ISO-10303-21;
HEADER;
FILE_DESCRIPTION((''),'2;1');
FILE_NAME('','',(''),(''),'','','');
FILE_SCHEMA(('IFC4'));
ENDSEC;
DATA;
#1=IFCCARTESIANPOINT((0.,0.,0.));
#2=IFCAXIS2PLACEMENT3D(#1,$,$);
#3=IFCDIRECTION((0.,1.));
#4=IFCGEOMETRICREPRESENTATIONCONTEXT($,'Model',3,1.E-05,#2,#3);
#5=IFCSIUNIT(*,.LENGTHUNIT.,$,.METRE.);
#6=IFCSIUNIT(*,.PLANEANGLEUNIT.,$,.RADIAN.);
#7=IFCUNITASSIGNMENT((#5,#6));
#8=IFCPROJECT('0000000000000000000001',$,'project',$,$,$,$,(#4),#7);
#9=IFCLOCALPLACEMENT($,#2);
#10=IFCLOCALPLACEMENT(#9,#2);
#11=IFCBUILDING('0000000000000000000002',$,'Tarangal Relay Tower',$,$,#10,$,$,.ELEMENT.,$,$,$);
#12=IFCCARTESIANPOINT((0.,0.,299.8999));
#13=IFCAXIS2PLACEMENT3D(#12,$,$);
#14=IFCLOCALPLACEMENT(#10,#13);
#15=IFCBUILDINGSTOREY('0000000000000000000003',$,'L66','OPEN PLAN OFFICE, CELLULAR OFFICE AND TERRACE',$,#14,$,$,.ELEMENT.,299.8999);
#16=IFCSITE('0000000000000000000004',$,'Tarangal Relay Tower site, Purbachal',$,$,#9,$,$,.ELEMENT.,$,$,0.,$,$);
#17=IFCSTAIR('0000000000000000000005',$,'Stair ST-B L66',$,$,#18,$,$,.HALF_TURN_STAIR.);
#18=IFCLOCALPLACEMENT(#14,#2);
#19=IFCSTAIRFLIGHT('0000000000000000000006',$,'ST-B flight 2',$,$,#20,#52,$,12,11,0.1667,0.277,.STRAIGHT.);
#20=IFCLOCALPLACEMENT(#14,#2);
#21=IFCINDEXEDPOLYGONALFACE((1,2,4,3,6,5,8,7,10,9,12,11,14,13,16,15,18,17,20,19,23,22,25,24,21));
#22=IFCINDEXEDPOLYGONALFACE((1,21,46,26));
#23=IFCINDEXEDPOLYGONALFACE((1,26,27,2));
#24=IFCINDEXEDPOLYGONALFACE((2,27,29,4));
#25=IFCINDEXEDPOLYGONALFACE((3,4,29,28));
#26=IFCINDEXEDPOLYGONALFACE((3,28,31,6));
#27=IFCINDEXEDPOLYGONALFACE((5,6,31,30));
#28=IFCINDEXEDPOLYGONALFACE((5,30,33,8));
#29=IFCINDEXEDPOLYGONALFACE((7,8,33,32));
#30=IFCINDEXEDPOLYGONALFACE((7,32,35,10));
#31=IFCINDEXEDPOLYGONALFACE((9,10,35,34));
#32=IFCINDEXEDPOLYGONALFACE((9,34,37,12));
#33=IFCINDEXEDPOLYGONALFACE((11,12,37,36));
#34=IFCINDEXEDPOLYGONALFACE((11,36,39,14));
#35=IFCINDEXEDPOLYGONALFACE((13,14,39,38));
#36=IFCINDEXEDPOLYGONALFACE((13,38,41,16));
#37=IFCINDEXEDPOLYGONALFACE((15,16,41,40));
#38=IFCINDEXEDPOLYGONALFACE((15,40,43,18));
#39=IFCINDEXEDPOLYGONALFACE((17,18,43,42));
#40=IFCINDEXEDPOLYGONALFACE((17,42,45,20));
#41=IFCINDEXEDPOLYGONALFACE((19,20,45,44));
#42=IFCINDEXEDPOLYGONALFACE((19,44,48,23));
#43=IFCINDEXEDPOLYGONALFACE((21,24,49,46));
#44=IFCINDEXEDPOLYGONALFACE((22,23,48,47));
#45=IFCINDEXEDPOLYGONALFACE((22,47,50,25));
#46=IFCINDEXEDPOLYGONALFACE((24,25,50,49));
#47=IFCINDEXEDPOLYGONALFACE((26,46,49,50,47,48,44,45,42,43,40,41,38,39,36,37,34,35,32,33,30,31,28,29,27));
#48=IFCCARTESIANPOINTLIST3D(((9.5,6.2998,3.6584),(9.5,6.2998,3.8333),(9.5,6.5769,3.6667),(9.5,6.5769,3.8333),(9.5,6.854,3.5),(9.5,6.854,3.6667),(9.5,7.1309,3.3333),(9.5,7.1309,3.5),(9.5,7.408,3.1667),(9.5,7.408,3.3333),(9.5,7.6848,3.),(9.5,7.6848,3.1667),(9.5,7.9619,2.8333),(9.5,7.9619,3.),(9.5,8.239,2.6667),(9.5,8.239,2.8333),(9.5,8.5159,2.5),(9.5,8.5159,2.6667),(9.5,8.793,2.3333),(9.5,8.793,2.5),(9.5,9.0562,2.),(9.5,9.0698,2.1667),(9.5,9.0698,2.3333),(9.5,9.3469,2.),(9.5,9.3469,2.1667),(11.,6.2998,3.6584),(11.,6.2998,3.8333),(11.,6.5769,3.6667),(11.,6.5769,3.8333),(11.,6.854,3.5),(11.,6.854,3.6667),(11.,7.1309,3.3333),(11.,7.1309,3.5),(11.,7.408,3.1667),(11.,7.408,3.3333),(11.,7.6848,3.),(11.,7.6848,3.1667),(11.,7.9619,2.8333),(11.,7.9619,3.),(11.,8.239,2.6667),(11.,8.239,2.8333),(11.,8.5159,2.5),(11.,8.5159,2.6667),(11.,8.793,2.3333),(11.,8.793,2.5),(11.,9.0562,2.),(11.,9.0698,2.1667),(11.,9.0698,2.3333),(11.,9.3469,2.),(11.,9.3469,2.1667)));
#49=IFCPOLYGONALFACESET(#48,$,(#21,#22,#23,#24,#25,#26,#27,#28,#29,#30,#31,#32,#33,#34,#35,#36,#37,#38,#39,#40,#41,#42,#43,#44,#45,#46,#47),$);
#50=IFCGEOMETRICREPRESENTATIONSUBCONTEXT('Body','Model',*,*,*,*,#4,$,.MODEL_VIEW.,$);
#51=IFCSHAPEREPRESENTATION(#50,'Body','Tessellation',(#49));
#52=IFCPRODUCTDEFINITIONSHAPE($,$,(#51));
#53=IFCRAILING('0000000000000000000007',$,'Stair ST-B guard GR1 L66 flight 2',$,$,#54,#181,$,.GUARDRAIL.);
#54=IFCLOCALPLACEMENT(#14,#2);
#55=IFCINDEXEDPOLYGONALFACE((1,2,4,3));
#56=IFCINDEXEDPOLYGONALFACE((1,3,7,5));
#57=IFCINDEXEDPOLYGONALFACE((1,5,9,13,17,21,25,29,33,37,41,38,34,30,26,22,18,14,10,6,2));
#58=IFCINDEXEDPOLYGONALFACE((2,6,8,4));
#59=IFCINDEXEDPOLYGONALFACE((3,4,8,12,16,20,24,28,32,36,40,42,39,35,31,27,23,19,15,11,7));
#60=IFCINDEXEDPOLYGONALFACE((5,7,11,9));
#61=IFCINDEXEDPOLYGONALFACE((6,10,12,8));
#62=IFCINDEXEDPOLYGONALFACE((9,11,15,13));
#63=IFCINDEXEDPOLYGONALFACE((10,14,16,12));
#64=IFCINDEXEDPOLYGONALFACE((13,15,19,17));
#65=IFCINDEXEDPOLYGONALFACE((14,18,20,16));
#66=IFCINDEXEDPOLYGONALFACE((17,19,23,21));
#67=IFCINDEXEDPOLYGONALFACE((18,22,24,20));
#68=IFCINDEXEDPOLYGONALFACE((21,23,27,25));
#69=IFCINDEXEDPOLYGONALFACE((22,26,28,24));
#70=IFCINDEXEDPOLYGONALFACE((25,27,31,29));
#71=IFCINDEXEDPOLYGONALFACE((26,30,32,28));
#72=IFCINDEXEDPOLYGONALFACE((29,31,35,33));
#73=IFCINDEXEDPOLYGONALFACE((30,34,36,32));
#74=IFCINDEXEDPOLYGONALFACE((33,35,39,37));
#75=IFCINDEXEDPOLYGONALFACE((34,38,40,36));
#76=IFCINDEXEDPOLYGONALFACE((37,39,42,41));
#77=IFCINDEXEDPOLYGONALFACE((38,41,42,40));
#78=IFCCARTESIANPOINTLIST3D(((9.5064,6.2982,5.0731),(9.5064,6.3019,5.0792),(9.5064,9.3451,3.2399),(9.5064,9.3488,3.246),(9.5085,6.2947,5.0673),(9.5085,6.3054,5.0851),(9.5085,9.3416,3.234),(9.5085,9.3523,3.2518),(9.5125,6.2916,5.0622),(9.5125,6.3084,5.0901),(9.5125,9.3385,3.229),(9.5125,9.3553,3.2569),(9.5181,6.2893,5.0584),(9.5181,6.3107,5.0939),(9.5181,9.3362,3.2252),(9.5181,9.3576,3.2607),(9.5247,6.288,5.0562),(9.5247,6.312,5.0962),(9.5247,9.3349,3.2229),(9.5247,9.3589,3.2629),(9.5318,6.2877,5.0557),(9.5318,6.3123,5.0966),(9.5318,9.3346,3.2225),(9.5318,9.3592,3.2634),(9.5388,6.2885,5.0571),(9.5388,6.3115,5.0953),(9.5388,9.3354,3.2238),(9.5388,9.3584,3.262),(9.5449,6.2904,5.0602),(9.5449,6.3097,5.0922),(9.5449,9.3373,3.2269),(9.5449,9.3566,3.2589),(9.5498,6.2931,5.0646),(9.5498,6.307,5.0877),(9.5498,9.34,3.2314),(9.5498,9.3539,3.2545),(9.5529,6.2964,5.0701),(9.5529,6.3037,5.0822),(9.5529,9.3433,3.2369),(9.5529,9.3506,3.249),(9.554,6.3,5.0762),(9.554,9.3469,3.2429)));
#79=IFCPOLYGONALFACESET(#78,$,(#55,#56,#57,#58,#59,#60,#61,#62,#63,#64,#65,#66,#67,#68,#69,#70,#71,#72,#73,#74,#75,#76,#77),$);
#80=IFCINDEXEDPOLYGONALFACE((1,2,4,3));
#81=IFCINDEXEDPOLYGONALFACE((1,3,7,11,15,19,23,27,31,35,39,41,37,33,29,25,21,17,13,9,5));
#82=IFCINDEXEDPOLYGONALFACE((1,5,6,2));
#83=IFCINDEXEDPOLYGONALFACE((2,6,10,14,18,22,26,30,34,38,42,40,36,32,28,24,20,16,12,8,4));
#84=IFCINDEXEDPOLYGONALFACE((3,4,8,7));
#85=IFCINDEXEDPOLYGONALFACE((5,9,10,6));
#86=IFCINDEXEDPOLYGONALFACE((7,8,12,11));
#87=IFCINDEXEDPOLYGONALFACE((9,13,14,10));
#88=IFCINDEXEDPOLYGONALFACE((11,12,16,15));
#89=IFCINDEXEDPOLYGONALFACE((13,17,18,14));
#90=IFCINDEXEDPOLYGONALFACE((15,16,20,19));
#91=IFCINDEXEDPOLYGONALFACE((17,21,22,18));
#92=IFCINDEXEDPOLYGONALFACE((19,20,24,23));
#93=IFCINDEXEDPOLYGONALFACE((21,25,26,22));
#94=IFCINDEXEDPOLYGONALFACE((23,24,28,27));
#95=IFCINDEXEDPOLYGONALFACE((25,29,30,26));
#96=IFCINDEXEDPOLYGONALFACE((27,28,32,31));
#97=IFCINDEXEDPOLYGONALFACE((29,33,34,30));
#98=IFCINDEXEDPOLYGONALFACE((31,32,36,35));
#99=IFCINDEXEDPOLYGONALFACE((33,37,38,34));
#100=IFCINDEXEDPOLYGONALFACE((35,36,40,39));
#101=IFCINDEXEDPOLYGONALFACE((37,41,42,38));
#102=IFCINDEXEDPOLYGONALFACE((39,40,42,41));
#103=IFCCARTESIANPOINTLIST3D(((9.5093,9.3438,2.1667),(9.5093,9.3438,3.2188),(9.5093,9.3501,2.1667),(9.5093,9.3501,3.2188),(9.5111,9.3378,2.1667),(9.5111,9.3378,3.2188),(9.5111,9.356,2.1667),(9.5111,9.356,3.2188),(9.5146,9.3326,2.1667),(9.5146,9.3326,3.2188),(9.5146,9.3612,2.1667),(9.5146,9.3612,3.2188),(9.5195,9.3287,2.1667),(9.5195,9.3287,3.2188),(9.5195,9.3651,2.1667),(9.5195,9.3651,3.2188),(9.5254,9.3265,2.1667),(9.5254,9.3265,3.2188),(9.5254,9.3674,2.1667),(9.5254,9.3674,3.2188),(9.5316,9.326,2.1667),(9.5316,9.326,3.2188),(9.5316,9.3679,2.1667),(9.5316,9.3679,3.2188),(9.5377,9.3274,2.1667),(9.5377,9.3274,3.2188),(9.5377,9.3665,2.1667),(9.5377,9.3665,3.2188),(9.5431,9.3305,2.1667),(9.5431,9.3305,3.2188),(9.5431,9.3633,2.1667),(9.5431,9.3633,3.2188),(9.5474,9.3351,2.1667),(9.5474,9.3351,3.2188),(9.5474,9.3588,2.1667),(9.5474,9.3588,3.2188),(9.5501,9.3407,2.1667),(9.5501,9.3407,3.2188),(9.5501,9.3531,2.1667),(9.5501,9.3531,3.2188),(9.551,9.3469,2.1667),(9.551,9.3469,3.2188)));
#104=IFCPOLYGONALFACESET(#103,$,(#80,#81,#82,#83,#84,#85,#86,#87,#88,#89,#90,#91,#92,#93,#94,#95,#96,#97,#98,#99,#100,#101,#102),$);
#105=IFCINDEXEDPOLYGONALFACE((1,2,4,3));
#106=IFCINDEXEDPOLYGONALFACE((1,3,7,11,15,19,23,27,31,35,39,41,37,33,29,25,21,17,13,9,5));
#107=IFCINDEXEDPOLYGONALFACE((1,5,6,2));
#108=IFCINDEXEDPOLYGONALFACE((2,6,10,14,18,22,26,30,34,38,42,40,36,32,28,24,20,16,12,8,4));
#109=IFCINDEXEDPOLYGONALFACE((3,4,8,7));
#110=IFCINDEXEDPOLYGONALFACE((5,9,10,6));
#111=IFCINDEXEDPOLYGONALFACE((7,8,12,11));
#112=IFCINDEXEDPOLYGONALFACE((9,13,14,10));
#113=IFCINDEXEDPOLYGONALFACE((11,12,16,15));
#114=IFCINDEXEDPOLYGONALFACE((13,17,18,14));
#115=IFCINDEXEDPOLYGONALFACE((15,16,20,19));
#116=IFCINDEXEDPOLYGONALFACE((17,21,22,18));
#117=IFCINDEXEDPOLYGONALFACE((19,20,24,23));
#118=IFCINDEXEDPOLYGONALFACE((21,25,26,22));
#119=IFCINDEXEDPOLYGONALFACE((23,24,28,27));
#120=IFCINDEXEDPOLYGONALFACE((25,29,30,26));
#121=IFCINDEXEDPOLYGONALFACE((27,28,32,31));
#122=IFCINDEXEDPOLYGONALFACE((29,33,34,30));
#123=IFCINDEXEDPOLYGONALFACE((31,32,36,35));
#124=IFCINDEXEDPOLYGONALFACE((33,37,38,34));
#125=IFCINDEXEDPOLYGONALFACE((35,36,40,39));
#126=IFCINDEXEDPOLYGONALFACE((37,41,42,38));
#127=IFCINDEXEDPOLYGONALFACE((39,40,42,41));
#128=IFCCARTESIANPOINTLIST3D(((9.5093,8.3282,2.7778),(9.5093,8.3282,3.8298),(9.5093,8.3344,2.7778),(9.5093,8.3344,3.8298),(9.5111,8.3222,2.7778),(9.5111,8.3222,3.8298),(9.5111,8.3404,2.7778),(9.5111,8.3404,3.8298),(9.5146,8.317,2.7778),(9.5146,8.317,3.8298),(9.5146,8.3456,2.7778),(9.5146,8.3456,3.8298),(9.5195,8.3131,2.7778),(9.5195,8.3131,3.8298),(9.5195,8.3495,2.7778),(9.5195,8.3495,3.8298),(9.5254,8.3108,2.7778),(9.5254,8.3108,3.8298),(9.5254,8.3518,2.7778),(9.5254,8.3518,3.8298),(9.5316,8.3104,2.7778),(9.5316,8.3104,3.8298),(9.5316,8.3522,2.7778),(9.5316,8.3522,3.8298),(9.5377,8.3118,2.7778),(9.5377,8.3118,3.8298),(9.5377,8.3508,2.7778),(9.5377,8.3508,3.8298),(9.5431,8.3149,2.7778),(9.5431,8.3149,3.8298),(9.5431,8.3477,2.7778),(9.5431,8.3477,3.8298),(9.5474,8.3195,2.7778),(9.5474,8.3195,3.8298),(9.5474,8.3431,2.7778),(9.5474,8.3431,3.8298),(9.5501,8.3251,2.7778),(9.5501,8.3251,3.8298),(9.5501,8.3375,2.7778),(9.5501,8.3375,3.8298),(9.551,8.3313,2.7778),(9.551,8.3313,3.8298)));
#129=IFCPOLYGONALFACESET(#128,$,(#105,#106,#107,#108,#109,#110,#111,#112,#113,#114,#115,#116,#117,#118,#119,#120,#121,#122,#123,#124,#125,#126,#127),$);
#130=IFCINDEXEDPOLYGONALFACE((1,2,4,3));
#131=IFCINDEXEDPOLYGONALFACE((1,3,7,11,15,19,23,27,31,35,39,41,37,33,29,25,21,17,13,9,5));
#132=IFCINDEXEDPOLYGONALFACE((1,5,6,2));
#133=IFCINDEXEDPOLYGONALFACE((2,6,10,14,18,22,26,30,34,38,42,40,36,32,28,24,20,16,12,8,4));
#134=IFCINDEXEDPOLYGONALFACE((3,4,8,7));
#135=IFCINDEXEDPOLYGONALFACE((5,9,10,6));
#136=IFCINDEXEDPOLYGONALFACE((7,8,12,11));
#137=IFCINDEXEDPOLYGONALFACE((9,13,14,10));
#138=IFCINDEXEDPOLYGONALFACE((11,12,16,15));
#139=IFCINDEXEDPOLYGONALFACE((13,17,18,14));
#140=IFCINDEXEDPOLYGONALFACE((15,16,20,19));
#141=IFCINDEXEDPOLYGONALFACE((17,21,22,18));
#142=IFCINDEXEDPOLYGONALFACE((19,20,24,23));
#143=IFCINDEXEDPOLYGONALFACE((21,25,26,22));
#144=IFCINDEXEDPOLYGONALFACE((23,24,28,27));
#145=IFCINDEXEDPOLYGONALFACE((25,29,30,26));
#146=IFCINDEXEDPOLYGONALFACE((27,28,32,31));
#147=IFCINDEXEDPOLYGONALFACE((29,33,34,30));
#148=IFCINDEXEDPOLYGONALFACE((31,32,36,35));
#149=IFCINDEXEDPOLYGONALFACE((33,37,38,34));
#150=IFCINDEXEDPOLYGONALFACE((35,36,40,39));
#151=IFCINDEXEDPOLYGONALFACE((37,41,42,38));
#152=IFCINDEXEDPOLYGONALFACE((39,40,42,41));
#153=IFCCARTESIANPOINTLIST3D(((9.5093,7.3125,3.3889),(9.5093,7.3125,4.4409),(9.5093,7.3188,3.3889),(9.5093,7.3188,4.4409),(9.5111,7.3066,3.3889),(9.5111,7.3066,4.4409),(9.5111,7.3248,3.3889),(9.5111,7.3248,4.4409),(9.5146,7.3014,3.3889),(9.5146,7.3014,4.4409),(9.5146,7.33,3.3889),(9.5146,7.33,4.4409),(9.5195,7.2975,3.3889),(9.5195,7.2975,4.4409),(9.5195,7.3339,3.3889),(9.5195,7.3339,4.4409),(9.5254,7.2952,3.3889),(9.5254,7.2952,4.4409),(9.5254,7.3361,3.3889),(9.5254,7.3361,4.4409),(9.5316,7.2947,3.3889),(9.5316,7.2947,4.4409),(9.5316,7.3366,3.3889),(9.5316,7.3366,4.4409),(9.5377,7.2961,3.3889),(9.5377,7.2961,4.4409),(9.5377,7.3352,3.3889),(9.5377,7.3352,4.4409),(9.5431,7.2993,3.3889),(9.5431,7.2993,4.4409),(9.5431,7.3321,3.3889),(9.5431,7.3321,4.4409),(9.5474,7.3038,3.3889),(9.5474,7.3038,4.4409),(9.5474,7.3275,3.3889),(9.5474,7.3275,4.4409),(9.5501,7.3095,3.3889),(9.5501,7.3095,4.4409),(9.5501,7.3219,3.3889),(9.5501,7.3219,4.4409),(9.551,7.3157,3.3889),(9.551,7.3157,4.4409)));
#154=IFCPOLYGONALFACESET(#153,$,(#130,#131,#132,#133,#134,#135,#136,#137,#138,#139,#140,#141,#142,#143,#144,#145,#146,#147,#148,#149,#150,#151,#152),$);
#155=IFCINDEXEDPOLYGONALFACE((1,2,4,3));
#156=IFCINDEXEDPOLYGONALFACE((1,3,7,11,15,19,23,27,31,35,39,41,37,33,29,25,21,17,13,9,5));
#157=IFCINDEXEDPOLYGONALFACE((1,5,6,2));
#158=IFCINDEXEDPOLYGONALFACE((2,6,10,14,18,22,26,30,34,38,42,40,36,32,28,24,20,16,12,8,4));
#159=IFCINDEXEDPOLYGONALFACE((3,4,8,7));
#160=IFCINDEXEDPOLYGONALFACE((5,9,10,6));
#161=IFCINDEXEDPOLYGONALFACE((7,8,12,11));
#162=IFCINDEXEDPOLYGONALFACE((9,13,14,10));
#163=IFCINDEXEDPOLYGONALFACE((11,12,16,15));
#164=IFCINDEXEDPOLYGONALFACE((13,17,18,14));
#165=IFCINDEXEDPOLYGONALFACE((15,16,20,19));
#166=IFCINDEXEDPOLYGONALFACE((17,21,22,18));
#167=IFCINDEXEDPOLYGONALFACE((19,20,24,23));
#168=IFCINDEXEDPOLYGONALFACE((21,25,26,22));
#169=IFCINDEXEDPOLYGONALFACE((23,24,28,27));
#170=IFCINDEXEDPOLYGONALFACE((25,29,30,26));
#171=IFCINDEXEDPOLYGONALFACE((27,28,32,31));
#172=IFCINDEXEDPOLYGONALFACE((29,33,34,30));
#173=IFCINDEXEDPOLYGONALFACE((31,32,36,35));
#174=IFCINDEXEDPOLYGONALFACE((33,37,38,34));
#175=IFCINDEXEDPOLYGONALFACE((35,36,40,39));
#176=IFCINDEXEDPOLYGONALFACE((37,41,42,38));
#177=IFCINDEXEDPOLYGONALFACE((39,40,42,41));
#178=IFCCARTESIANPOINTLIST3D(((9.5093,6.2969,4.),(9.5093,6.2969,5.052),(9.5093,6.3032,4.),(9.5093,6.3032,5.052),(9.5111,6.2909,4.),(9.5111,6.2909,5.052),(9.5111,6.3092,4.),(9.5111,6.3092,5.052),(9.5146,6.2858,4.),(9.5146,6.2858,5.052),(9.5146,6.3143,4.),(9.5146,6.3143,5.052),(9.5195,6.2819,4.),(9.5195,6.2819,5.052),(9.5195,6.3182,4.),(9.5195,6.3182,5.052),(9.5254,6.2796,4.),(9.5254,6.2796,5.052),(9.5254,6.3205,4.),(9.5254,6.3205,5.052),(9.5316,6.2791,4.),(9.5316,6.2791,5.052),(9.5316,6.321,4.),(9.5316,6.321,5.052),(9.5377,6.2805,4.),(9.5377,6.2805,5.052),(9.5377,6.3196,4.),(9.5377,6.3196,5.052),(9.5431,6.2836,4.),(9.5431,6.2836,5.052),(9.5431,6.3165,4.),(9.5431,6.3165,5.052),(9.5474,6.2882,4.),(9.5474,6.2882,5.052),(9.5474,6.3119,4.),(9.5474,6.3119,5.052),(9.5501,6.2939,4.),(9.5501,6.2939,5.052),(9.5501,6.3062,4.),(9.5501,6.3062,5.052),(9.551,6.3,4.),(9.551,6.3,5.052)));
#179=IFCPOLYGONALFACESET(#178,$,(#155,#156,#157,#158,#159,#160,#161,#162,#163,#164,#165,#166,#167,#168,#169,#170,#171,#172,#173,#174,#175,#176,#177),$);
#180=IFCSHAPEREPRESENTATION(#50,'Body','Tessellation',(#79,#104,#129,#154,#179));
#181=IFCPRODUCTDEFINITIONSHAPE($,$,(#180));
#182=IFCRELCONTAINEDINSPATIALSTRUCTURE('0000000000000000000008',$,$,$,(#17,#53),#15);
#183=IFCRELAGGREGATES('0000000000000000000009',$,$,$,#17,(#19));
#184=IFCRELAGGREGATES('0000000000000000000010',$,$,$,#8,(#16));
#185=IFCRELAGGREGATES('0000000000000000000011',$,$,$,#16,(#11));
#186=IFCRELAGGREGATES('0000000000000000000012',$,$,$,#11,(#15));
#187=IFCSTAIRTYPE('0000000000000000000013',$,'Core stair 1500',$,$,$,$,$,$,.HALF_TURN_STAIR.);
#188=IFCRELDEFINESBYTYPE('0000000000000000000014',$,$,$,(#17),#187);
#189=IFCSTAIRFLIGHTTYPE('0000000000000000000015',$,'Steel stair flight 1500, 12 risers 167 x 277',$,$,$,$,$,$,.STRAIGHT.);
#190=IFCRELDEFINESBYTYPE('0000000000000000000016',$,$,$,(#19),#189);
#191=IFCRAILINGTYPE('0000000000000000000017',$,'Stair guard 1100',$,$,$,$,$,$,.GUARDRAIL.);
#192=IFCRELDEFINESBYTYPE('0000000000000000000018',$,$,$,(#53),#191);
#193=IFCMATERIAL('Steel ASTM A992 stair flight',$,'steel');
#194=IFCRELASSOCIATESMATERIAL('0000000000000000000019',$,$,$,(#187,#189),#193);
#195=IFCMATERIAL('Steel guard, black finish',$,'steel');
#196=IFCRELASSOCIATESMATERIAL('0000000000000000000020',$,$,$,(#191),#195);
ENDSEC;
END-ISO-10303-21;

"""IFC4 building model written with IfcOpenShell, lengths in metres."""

from ifc_helpers import new_model, si_unit, direction, frame, origin, origin_2d, place, context, subcontext, project, spatial, polyline, circle, outline, extrude, material, type_object, element, aggregate, save


model = new_model("IFC4")

# Units and contexts
model_context = context("Model", 3, precision=1e-05, world=origin(), true_north=direction((0.0, 1.0)))
body_context = subcontext(model_context, "Body", "Model", "MODEL_VIEW")
ifc_project = project(units=[si_unit("LENGTHUNIT", "METRE"), si_unit("PLANEANGLEUNIT", "RADIAN")], contexts=[model_context])

# Site, building, storey
site_placement = place(None, origin())
site = spatial("IfcSite", under=ifc_project, at=site_placement, Name="Tarangal Relay Tower site, Purbachal", CompositionType="ELEMENT", RefElevation=0.0)
building_placement = place(site_placement, origin())
building = spatial("IfcBuilding", under=site, at=building_placement, Name="Tarangal Relay Tower", CompositionType="ELEMENT")
storey_placement = place(building_placement, frame((0.0, 0.0, 299.8999)))
storey = spatial("IfcBuildingStorey", under=building, at=storey_placement, Name="L66", Description="OPEN PLAN OFFICE, CELLULAR OFFICE AND TERRACE", CompositionType="ELEMENT", Elevation=299.8999)

# Stair, stair flight
ifc_material_1 = material(Name="Steel ASTM A992 stair flight", Category="steel")
stair_type = type_object("IfcStairType", Name="Core stair 1500", PredefinedType="HALF_TURN_STAIR", material=ifc_material_1)
stair_placement = place(storey_placement, origin())
stair = element("IfcStair", 1, at=stair_placement, inside=storey, type_object=stair_type, Name="Stair ST-B L66", PredefinedType="HALF_TURN_STAIR")
stair_flight_type = type_object("IfcStairFlightType", Name="Steel stair flight 1500, 12 risers 167 x 277", PredefinedType="STRAIGHT", material=ifc_material_1)
stair_flight_placement = place(storey_placement, frame((10.25, 9.3469, 2.0), z_axis=(0.0, 0.0, 1.0), x_axis=(0.0, -1.0, 0.0)))
stair_flight = element("IfcStairFlight", 2, at=stair_flight_placement, type_object=stair_flight_type, Name="ST-B flight 2", NumberOfRisers=12, NumberOfTreads=11, PredefinedType="STRAIGHT", RiserHeight=0.1667, TreadLength=0.277, context=body_context, shape_type="SweptSolid", body=[
    extrude(outline(polyline([(0.0, 0.0), (0.0, 0.1667), (0.2771, 0.1667), (0.2771, 0.3333), (0.554, 0.3333), (0.554, 0.5), (0.8311, 0.5), (0.8311, 0.6667), (1.1079, 0.6667), (1.1079, 0.8333), (1.385, 0.8333), (1.385, 1.0), (1.6621, 1.0), (1.6621, 1.1667), (1.939, 1.1667), (1.939, 1.3333), (2.2161, 1.3333), (2.2161, 1.5), (2.4929, 1.5), (2.4929, 1.6667), (2.77, 1.6667), (2.77, 1.8333), (3.0471, 1.8333), (3.0471, 2.0), (3.0471, 1.6584), (0.2908, 0.0), (0.0, 0.0)])), frame((0.0, 0.75, 0.0), z_axis=(0.0, -1.0, 0.0), x_axis=(1.0, 0.0, 0.0)), (0.0, 0.0, 1.0), 1.5),
])
aggregate(stair, [stair_flight])

# Railing
ifc_material_2 = material(Name="Steel guard, black finish", Category="steel")
railing_type = type_object("IfcRailingType", Name="Stair guard 1100", PredefinedType="GUARDRAIL", material=ifc_material_2)
railing_1_placement = place(storey_placement, frame((9.53, 9.3469, 2.1667)))
element("IfcRailing", 3, at=railing_1_placement, inside=storey, type_object=railing_type, Name="Stair ST-B guard GR1 L66 flight 2", PredefinedType="GUARDRAIL", context=body_context, shape_type="SweptSolid", body=[
    extrude(circle(Radius=0.0239, at=origin_2d()), frame((0.0, 0.0, 1.0762), z_axis=(0.0, -0.856856, 0.515556), x_axis=(1.0, 0.0, 0.0)), (0.0, 0.0, 1.0), 3.5559),
    extrude(circle(Radius=0.021, at=origin_2d()), origin(), (0.0, 0.0, 1.0), 1.052),
    extrude(circle(Radius=0.021, at=origin_2d()), frame((0.0, -1.0156, 0.6111)), (0.0, 0.0, 1.0), 1.052),
    extrude(circle(Radius=0.021, at=origin_2d()), frame((0.0, -2.0312, 1.2222)), (0.0, 0.0, 1.0), 1.052),
    extrude(circle(Radius=0.021, at=origin_2d()), frame((0.0, -3.0469, 1.8333)), (0.0, 0.0, 1.0), 1.052),
])

save(model, "model.ifc")
